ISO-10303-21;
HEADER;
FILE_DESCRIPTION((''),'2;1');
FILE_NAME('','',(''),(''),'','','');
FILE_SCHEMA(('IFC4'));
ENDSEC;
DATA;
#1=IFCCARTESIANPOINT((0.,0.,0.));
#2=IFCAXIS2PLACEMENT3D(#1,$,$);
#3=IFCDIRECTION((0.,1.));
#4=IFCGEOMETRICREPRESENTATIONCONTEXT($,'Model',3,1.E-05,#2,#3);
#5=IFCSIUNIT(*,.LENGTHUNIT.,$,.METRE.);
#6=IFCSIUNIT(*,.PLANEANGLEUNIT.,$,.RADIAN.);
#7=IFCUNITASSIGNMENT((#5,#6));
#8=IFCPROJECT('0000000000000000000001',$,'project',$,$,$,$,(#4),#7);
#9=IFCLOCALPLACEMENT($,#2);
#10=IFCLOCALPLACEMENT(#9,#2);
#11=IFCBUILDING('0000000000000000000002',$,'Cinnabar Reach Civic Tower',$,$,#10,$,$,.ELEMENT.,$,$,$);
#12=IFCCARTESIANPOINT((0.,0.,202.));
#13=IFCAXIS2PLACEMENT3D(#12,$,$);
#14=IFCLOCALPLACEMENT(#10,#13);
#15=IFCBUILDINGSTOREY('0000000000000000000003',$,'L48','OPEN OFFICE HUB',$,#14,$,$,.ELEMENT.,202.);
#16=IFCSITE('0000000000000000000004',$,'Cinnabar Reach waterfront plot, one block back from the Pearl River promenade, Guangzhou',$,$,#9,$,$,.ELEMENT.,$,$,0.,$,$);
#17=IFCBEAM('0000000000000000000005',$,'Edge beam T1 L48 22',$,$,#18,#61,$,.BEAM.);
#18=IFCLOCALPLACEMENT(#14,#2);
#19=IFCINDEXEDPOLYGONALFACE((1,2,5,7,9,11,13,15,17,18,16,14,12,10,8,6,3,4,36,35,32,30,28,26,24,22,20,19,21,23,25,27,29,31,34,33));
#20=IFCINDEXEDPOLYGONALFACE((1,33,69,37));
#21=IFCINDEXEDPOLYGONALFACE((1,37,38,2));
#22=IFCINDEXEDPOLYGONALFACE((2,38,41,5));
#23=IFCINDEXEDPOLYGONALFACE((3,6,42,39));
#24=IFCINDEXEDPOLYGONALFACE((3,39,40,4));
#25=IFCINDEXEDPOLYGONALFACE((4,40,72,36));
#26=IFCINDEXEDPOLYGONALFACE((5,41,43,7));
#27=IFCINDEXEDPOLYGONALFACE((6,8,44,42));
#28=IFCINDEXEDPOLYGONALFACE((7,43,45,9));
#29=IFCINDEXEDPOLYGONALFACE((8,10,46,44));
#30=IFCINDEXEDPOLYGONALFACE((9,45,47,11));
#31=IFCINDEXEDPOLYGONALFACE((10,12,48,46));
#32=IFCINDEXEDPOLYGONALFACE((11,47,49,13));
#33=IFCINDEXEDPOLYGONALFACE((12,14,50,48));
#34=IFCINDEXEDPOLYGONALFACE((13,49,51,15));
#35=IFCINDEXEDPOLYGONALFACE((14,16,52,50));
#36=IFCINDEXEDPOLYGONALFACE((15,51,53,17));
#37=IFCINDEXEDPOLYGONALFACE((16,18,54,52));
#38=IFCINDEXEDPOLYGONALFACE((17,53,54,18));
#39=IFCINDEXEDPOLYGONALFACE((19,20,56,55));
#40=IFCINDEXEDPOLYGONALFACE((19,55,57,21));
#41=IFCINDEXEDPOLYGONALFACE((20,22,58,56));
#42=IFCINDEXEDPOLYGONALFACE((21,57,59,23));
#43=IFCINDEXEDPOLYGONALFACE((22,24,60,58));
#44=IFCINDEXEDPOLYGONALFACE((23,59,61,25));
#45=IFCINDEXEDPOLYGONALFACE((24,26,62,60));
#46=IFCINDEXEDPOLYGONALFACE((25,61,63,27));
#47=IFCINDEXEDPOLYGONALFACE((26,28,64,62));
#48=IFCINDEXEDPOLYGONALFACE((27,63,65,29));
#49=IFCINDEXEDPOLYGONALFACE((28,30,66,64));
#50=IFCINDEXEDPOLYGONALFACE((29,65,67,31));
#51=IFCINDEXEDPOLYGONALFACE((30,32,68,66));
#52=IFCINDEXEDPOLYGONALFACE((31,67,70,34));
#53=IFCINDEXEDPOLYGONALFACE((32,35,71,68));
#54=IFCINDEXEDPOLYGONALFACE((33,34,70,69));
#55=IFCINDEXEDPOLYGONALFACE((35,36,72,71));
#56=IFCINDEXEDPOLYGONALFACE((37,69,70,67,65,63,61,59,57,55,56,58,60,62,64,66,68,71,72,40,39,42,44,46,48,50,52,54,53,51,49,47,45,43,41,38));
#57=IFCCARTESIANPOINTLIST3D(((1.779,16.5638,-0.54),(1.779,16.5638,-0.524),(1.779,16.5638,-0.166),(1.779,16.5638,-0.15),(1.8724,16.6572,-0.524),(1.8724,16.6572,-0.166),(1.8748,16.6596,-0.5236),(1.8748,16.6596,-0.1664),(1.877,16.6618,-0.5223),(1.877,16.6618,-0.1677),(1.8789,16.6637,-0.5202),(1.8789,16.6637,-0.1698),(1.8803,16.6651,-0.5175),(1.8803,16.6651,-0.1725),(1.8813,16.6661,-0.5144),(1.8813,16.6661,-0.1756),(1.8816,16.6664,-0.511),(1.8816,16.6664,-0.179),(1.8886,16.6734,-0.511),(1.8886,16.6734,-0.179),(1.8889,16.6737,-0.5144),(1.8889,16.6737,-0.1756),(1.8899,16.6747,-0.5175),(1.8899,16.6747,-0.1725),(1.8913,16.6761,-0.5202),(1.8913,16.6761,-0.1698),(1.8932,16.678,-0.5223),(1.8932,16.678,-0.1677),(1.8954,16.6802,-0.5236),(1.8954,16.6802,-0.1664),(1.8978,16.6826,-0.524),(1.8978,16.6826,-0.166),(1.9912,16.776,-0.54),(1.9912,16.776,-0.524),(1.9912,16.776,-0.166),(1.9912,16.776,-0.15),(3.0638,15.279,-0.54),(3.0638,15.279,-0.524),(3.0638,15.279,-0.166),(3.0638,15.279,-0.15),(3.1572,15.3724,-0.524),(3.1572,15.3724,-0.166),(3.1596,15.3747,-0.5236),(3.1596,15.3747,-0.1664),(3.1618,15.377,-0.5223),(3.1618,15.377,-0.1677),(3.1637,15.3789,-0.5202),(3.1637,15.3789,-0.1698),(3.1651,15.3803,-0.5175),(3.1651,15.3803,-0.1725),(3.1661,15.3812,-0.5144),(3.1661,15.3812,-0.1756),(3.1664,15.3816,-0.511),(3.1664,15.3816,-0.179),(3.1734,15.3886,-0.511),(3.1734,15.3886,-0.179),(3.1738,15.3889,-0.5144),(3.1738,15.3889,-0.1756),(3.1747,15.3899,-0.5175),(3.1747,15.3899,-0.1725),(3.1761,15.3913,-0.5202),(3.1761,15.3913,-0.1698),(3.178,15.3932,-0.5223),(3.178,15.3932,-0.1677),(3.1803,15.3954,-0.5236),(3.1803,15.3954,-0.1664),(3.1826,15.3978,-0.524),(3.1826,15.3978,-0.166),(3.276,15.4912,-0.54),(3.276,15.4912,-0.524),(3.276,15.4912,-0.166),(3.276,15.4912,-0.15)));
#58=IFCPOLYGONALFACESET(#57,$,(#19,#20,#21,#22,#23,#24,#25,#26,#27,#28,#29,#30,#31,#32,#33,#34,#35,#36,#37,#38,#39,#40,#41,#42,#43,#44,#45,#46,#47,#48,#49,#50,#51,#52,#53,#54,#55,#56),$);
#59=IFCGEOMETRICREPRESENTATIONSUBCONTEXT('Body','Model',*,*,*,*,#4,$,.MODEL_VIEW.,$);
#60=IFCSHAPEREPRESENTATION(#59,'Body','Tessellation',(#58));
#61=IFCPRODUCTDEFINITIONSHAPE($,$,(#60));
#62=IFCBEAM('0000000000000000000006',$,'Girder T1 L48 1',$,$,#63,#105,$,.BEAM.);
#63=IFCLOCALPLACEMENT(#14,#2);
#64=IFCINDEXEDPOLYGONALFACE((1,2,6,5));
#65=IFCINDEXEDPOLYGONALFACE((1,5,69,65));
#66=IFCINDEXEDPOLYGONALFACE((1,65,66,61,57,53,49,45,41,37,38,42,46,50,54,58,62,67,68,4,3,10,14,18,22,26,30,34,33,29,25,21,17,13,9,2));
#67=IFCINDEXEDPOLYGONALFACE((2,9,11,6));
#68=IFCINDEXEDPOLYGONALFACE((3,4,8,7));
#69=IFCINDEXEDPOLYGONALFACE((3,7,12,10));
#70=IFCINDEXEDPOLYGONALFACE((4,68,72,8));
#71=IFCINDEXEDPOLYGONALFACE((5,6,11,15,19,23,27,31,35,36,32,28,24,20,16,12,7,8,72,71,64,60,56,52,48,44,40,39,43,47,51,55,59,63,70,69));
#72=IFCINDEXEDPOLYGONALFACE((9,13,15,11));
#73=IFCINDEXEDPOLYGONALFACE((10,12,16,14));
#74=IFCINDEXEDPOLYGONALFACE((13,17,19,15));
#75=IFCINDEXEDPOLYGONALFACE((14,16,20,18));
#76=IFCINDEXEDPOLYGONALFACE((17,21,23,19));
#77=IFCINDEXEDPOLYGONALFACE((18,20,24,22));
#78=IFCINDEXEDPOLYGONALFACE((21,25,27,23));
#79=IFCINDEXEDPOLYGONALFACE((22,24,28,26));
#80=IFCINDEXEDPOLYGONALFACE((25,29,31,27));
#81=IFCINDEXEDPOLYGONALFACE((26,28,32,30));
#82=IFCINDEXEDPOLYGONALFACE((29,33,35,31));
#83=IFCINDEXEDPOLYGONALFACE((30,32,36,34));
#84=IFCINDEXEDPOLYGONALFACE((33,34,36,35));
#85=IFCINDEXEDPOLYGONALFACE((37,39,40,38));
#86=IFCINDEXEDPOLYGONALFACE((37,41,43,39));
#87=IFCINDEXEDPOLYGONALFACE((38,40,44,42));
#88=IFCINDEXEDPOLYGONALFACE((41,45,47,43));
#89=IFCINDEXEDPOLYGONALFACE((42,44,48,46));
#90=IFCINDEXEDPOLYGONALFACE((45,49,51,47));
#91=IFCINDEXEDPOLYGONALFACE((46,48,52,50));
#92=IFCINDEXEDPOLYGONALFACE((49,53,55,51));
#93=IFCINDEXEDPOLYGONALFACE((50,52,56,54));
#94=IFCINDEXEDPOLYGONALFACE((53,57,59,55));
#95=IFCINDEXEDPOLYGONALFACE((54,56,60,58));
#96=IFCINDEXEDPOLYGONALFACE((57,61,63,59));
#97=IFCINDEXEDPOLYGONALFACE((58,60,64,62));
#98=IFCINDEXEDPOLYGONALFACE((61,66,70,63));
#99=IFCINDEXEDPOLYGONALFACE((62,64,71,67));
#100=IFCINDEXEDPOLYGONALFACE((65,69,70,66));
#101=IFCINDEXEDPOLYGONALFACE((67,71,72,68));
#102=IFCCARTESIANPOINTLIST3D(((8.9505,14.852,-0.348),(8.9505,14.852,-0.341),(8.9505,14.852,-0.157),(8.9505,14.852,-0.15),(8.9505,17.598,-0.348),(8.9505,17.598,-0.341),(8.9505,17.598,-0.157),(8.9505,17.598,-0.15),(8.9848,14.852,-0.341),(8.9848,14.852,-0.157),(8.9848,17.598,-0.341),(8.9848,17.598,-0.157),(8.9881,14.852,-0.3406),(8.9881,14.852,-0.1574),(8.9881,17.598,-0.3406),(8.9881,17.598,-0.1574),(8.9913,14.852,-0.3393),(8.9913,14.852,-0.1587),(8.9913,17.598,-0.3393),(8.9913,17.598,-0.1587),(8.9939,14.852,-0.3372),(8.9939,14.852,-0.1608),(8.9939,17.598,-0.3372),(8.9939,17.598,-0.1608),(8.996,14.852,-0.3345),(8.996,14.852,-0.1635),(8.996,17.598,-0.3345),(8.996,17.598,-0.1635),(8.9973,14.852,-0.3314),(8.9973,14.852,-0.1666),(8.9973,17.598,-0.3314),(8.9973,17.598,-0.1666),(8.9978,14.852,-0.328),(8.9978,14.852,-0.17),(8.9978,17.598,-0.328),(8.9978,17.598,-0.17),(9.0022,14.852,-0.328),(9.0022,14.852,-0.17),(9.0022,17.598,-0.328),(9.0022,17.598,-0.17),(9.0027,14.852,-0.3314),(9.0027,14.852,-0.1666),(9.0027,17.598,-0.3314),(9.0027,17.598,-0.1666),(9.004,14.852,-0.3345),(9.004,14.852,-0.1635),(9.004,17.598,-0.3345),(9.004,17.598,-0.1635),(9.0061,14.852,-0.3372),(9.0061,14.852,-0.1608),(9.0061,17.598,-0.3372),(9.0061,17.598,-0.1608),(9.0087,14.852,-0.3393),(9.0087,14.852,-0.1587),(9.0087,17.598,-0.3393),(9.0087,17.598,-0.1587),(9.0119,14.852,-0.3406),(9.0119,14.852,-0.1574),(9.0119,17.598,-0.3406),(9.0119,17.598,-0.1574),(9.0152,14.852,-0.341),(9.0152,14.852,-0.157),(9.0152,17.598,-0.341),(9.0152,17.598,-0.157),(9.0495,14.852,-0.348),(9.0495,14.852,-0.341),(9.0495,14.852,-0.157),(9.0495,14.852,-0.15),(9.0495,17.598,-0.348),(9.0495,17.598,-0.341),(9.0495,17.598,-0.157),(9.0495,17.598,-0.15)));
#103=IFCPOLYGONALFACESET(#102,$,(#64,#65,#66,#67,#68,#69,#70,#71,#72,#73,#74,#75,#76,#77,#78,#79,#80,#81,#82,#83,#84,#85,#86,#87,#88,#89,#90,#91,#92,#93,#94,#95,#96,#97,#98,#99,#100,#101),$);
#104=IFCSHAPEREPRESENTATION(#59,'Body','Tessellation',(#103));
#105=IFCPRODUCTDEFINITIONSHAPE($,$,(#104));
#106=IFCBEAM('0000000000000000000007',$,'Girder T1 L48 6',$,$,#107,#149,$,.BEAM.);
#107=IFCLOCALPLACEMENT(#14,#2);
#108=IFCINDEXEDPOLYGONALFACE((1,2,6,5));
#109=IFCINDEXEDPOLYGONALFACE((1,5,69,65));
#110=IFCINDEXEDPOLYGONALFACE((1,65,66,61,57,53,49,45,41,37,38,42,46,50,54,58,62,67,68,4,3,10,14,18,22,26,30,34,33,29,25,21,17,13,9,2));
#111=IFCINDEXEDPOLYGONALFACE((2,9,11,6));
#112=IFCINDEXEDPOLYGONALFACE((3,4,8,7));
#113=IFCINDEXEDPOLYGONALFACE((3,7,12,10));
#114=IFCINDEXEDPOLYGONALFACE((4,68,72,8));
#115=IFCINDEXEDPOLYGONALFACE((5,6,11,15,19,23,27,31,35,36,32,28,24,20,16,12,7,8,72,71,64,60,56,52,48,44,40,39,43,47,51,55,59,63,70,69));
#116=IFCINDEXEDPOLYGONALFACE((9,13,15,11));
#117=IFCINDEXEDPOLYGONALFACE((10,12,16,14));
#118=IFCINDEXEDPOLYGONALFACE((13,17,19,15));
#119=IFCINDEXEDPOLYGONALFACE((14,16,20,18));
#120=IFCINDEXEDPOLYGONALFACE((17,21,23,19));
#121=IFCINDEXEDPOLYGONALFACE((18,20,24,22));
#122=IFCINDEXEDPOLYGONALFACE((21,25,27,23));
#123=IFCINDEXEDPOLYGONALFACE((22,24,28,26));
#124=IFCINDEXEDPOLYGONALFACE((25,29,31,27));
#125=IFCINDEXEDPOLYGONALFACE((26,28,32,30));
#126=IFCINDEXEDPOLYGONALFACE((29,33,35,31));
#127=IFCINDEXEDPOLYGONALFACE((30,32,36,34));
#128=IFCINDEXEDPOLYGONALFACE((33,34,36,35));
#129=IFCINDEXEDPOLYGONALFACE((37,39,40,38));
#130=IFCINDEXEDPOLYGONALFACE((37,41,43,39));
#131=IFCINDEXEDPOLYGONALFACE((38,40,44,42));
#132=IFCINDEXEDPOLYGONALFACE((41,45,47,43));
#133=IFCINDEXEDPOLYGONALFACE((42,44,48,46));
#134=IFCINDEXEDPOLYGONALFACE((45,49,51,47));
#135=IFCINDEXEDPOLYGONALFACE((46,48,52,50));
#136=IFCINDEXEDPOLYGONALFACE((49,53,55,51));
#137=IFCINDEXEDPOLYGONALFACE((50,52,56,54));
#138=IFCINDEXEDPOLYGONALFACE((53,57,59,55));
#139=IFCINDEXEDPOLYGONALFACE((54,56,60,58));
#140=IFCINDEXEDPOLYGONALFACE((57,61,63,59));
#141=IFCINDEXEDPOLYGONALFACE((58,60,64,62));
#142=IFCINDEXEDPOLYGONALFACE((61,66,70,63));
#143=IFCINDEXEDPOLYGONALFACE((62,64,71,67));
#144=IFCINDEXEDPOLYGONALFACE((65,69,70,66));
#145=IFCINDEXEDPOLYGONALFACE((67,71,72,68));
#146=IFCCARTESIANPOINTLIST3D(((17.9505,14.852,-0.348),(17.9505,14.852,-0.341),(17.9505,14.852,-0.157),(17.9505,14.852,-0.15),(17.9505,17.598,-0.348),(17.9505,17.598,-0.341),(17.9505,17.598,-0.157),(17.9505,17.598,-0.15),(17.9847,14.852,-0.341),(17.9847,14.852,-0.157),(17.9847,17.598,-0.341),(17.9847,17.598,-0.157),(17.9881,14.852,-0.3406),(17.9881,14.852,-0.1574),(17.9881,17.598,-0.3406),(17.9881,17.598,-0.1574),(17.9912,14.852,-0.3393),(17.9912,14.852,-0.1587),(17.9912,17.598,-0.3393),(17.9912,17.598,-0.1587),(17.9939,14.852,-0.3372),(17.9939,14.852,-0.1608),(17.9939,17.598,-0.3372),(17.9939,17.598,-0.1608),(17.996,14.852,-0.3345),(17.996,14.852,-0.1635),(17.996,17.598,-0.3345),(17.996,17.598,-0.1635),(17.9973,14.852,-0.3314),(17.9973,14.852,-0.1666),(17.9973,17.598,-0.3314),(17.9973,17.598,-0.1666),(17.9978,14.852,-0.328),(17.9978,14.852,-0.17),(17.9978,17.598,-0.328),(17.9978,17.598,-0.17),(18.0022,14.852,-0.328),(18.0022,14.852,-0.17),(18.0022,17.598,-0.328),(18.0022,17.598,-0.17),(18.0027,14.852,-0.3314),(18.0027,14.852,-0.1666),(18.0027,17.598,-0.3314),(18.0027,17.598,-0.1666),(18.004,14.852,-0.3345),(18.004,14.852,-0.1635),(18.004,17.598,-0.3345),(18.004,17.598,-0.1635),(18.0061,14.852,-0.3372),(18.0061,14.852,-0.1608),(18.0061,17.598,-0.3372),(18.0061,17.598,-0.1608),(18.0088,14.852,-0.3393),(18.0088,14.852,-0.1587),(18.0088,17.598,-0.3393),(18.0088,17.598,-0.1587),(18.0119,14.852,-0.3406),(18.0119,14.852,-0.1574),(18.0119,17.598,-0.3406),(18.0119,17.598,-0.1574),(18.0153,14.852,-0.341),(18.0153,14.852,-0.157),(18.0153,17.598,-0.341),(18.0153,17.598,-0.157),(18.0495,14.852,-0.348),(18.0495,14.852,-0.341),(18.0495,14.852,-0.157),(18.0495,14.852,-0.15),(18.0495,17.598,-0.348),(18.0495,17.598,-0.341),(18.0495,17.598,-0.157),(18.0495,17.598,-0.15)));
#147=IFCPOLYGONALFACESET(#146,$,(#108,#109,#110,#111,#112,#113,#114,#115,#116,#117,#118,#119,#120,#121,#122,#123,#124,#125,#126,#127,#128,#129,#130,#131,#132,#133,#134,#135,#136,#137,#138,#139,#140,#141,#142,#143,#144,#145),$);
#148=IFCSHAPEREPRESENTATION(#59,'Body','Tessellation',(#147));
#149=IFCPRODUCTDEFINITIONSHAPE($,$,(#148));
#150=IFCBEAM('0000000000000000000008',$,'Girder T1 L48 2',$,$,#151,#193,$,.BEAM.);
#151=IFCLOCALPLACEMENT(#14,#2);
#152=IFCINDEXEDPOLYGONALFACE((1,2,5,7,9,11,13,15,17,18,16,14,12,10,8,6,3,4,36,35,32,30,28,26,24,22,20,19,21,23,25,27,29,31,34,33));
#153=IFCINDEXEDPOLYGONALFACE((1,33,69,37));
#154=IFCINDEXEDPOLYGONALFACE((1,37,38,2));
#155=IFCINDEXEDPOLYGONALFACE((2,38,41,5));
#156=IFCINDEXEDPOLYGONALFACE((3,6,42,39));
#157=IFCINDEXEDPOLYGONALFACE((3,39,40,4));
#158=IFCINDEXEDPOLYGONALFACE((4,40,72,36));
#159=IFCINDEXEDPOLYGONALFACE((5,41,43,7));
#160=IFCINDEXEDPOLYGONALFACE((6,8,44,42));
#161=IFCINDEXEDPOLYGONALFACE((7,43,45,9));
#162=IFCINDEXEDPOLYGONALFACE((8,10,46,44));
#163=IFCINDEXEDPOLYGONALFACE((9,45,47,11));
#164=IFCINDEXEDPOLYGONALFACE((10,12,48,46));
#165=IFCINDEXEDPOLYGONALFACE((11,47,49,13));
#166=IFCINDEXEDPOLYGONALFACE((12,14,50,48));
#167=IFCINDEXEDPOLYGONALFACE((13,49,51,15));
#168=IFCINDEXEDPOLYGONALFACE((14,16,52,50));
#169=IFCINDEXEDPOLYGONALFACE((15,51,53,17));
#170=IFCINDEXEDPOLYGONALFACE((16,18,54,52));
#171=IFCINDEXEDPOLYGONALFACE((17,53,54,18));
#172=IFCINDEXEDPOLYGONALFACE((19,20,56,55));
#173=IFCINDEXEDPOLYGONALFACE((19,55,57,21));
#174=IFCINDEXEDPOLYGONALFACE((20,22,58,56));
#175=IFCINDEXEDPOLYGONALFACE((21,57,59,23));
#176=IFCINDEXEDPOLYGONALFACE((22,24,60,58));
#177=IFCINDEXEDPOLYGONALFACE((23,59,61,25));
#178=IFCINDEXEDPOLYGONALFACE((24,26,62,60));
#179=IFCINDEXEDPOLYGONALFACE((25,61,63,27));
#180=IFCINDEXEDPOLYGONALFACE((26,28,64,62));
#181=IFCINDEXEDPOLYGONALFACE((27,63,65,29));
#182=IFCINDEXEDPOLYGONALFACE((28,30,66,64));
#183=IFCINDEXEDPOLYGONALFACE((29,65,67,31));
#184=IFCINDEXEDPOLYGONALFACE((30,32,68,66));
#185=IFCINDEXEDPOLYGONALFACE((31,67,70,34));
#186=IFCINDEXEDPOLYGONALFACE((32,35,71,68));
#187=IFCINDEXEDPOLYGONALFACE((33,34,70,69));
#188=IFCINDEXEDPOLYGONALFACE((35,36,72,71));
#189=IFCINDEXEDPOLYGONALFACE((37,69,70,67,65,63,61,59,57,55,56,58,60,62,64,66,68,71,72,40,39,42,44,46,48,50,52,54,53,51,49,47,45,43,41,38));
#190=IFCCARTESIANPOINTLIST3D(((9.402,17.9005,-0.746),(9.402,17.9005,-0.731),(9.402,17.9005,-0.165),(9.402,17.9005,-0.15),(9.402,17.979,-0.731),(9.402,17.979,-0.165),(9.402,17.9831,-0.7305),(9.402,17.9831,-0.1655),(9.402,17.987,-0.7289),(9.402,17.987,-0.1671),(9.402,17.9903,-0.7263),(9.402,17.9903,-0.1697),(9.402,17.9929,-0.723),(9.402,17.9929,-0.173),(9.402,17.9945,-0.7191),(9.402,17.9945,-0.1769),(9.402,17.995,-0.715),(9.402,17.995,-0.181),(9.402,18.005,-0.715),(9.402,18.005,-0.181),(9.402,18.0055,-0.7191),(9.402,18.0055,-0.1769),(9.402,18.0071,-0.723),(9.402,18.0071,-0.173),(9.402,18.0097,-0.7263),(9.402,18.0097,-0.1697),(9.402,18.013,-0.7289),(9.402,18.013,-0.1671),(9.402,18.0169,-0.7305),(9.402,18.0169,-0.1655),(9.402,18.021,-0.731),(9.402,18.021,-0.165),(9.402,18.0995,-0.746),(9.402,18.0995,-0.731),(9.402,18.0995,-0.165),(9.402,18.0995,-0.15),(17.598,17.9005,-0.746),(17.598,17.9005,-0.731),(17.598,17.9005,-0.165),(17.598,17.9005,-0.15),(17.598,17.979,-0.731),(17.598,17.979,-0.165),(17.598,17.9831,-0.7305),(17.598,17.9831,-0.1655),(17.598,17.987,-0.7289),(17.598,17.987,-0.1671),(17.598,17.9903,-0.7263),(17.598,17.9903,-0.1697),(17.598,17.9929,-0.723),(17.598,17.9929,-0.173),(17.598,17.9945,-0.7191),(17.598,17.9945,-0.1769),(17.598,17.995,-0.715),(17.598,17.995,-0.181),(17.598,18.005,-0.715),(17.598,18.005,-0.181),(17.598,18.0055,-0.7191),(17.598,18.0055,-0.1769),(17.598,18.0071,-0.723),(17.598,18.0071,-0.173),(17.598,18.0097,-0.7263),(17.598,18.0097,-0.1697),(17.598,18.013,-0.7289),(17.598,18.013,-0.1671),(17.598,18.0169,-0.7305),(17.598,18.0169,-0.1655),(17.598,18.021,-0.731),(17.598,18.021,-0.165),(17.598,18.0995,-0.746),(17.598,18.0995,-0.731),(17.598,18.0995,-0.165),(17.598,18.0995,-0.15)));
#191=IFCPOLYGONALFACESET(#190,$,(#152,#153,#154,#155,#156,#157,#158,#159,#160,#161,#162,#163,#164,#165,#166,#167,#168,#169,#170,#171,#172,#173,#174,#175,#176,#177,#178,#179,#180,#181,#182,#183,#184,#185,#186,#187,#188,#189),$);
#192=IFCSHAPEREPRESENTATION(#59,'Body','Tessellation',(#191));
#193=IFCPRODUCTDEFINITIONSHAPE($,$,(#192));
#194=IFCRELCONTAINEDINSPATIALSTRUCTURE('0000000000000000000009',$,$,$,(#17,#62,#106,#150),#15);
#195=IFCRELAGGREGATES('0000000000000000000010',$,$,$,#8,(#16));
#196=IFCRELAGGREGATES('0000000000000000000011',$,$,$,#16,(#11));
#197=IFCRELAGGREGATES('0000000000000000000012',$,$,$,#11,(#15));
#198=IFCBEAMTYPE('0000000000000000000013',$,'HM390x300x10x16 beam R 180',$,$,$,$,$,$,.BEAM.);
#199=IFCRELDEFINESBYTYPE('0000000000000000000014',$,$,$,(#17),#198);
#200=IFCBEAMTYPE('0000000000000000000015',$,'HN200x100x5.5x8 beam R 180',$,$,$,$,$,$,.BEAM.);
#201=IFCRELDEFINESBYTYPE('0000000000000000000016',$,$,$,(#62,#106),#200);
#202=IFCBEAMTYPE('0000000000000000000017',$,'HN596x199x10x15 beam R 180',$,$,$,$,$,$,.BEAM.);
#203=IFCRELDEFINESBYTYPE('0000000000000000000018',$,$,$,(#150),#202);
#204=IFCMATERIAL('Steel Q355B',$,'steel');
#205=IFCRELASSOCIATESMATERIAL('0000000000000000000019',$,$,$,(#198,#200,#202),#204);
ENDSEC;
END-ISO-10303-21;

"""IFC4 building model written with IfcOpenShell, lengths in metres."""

from ifc_helpers import new_model, si_unit, direction, frame, origin, origin_2d, place, context, subcontext, project, spatial, i_section, extrude, material, material_profile, profile_set, type_object, element, save


model = new_model("IFC4")

# Units and contexts
model_context = context("Model", 3, precision=1e-05, world=origin(), true_north=direction((0.0, 1.0)))
body_context = subcontext(model_context, "Body", "Model", "MODEL_VIEW")
ifc_project = project(units=[si_unit("LENGTHUNIT", "METRE"), si_unit("PLANEANGLEUNIT", "RADIAN")], contexts=[model_context])

# Site, building, storey
site_placement = place(None, origin())
site = spatial("IfcSite", under=ifc_project, at=site_placement, Name="Cinnabar Reach waterfront plot, one block back from the Pearl River promenade, Guangzhou", CompositionType="ELEMENT", RefElevation=0.0)
building_placement = place(site_placement, origin())
building = spatial("IfcBuilding", under=site, at=building_placement, Name="Cinnabar Reach Civic Tower", CompositionType="ELEMENT")
storey_placement = place(building_placement, frame((0.0, 0.0, 202.0)))
storey = spatial("IfcBuildingStorey", under=building, at=storey_placement, Name="L48", Description="OPEN OFFICE HUB", CompositionType="ELEMENT", Elevation=202.0)

# Beams
ifc_material_1 = material(Name="Steel Q355B", Category="steel")
ifc_material_profile_1 = material_profile(ifc_material_1, i_section(OverallWidth=0.3, OverallDepth=0.39, WebThickness=0.01, FlangeThickness=0.016, FilletRadius=0.013, at=origin_2d()), Name="HM390x300x10x16")
ifc_profile_set_1 = profile_set([ifc_material_profile_1], Name="Steel Q355B")
beam_type_1 = type_object("IfcBeamType", Name="HM390x300x10x16 beam R 180", PredefinedType="BEAM", material=ifc_profile_set_1)
beam_1_placement = place(storey_placement, frame((1.8851, 16.6699, -0.345), z_axis=(0.707107, -0.707107, 0.0), x_axis=(0.707107, 0.707107, 0.0)))
element("IfcBeam", 1, at=beam_1_placement, inside=storey, type_object=beam_type_1, Name="Edge beam T1 L48 22", PredefinedType="BEAM", context=body_context, shape_type="SweptSolid", body=[
    extrude(i_section(OverallWidth=0.3, OverallDepth=0.39, WebThickness=0.01, FlangeThickness=0.016, FilletRadius=0.013, at=origin_2d()), origin(), (0.0, 0.0, 1.0), 1.817),
])
ifc_material_profile_2 = material_profile(ifc_material_1, i_section(OverallWidth=0.099, OverallDepth=0.198, WebThickness=0.0045, FlangeThickness=0.007, FilletRadius=0.013, at=origin_2d()), Name="HN200x100x5.5x8")
ifc_profile_set_2 = profile_set([ifc_material_profile_2], Name="Steel Q355B")
beam_type_2 = type_object("IfcBeamType", Name="HN200x100x5.5x8 beam R 180", PredefinedType="BEAM", material=ifc_profile_set_2)
for number, where, z_axis, x_axis, name in (
    (2, (9.0, 14.852, -0.249), (0.0, 1.0, 0.0), (-1.0, 0.0, 0.0), "Girder T1 L48 1"),
    (3, (18.0, 14.852, -0.249), (0.0, 1.0, 0.0), (-1.0, 0.0, 0.0), "Girder T1 L48 6"),
):
    element("IfcBeam", number, at=place(storey_placement, frame(where, z_axis=z_axis, x_axis=x_axis)), inside=storey, type_object=beam_type_2, Name=name, PredefinedType="BEAM", context=body_context, shape_type="SweptSolid", body=[
        extrude(i_section(OverallWidth=0.099, OverallDepth=0.198, WebThickness=0.0045, FlangeThickness=0.007, FilletRadius=0.013, at=origin_2d()), origin(), (0.0, 0.0, 1.0), 2.746),
    ])
ifc_material_profile_3 = material_profile(ifc_material_1, i_section(OverallWidth=0.199, OverallDepth=0.596, WebThickness=0.01, FlangeThickness=0.015, FilletRadius=0.016, at=origin_2d()), Name="HN596x199x10x15")
ifc_profile_set_3 = profile_set([ifc_material_profile_3], Name="Steel Q355B")
beam_type_3 = type_object("IfcBeamType", Name="HN596x199x10x15 beam R 180", PredefinedType="BEAM", material=ifc_profile_set_3)
beam_2_placement = place(storey_placement, frame((9.402, 18.0, -0.448), z_axis=(1.0, 0.0, 0.0), x_axis=(0.0, 1.0, 0.0)))
element("IfcBeam", 4, at=beam_2_placement, inside=storey, type_object=beam_type_3, Name="Girder T1 L48 2", PredefinedType="BEAM", context=body_context, shape_type="SweptSolid", body=[
    extrude(i_section(OverallWidth=0.199, OverallDepth=0.596, WebThickness=0.01, FlangeThickness=0.015, FilletRadius=0.016, at=origin_2d()), origin(), (0.0, 0.0, 1.0), 8.196),
])

save(model, "model.ifc")
